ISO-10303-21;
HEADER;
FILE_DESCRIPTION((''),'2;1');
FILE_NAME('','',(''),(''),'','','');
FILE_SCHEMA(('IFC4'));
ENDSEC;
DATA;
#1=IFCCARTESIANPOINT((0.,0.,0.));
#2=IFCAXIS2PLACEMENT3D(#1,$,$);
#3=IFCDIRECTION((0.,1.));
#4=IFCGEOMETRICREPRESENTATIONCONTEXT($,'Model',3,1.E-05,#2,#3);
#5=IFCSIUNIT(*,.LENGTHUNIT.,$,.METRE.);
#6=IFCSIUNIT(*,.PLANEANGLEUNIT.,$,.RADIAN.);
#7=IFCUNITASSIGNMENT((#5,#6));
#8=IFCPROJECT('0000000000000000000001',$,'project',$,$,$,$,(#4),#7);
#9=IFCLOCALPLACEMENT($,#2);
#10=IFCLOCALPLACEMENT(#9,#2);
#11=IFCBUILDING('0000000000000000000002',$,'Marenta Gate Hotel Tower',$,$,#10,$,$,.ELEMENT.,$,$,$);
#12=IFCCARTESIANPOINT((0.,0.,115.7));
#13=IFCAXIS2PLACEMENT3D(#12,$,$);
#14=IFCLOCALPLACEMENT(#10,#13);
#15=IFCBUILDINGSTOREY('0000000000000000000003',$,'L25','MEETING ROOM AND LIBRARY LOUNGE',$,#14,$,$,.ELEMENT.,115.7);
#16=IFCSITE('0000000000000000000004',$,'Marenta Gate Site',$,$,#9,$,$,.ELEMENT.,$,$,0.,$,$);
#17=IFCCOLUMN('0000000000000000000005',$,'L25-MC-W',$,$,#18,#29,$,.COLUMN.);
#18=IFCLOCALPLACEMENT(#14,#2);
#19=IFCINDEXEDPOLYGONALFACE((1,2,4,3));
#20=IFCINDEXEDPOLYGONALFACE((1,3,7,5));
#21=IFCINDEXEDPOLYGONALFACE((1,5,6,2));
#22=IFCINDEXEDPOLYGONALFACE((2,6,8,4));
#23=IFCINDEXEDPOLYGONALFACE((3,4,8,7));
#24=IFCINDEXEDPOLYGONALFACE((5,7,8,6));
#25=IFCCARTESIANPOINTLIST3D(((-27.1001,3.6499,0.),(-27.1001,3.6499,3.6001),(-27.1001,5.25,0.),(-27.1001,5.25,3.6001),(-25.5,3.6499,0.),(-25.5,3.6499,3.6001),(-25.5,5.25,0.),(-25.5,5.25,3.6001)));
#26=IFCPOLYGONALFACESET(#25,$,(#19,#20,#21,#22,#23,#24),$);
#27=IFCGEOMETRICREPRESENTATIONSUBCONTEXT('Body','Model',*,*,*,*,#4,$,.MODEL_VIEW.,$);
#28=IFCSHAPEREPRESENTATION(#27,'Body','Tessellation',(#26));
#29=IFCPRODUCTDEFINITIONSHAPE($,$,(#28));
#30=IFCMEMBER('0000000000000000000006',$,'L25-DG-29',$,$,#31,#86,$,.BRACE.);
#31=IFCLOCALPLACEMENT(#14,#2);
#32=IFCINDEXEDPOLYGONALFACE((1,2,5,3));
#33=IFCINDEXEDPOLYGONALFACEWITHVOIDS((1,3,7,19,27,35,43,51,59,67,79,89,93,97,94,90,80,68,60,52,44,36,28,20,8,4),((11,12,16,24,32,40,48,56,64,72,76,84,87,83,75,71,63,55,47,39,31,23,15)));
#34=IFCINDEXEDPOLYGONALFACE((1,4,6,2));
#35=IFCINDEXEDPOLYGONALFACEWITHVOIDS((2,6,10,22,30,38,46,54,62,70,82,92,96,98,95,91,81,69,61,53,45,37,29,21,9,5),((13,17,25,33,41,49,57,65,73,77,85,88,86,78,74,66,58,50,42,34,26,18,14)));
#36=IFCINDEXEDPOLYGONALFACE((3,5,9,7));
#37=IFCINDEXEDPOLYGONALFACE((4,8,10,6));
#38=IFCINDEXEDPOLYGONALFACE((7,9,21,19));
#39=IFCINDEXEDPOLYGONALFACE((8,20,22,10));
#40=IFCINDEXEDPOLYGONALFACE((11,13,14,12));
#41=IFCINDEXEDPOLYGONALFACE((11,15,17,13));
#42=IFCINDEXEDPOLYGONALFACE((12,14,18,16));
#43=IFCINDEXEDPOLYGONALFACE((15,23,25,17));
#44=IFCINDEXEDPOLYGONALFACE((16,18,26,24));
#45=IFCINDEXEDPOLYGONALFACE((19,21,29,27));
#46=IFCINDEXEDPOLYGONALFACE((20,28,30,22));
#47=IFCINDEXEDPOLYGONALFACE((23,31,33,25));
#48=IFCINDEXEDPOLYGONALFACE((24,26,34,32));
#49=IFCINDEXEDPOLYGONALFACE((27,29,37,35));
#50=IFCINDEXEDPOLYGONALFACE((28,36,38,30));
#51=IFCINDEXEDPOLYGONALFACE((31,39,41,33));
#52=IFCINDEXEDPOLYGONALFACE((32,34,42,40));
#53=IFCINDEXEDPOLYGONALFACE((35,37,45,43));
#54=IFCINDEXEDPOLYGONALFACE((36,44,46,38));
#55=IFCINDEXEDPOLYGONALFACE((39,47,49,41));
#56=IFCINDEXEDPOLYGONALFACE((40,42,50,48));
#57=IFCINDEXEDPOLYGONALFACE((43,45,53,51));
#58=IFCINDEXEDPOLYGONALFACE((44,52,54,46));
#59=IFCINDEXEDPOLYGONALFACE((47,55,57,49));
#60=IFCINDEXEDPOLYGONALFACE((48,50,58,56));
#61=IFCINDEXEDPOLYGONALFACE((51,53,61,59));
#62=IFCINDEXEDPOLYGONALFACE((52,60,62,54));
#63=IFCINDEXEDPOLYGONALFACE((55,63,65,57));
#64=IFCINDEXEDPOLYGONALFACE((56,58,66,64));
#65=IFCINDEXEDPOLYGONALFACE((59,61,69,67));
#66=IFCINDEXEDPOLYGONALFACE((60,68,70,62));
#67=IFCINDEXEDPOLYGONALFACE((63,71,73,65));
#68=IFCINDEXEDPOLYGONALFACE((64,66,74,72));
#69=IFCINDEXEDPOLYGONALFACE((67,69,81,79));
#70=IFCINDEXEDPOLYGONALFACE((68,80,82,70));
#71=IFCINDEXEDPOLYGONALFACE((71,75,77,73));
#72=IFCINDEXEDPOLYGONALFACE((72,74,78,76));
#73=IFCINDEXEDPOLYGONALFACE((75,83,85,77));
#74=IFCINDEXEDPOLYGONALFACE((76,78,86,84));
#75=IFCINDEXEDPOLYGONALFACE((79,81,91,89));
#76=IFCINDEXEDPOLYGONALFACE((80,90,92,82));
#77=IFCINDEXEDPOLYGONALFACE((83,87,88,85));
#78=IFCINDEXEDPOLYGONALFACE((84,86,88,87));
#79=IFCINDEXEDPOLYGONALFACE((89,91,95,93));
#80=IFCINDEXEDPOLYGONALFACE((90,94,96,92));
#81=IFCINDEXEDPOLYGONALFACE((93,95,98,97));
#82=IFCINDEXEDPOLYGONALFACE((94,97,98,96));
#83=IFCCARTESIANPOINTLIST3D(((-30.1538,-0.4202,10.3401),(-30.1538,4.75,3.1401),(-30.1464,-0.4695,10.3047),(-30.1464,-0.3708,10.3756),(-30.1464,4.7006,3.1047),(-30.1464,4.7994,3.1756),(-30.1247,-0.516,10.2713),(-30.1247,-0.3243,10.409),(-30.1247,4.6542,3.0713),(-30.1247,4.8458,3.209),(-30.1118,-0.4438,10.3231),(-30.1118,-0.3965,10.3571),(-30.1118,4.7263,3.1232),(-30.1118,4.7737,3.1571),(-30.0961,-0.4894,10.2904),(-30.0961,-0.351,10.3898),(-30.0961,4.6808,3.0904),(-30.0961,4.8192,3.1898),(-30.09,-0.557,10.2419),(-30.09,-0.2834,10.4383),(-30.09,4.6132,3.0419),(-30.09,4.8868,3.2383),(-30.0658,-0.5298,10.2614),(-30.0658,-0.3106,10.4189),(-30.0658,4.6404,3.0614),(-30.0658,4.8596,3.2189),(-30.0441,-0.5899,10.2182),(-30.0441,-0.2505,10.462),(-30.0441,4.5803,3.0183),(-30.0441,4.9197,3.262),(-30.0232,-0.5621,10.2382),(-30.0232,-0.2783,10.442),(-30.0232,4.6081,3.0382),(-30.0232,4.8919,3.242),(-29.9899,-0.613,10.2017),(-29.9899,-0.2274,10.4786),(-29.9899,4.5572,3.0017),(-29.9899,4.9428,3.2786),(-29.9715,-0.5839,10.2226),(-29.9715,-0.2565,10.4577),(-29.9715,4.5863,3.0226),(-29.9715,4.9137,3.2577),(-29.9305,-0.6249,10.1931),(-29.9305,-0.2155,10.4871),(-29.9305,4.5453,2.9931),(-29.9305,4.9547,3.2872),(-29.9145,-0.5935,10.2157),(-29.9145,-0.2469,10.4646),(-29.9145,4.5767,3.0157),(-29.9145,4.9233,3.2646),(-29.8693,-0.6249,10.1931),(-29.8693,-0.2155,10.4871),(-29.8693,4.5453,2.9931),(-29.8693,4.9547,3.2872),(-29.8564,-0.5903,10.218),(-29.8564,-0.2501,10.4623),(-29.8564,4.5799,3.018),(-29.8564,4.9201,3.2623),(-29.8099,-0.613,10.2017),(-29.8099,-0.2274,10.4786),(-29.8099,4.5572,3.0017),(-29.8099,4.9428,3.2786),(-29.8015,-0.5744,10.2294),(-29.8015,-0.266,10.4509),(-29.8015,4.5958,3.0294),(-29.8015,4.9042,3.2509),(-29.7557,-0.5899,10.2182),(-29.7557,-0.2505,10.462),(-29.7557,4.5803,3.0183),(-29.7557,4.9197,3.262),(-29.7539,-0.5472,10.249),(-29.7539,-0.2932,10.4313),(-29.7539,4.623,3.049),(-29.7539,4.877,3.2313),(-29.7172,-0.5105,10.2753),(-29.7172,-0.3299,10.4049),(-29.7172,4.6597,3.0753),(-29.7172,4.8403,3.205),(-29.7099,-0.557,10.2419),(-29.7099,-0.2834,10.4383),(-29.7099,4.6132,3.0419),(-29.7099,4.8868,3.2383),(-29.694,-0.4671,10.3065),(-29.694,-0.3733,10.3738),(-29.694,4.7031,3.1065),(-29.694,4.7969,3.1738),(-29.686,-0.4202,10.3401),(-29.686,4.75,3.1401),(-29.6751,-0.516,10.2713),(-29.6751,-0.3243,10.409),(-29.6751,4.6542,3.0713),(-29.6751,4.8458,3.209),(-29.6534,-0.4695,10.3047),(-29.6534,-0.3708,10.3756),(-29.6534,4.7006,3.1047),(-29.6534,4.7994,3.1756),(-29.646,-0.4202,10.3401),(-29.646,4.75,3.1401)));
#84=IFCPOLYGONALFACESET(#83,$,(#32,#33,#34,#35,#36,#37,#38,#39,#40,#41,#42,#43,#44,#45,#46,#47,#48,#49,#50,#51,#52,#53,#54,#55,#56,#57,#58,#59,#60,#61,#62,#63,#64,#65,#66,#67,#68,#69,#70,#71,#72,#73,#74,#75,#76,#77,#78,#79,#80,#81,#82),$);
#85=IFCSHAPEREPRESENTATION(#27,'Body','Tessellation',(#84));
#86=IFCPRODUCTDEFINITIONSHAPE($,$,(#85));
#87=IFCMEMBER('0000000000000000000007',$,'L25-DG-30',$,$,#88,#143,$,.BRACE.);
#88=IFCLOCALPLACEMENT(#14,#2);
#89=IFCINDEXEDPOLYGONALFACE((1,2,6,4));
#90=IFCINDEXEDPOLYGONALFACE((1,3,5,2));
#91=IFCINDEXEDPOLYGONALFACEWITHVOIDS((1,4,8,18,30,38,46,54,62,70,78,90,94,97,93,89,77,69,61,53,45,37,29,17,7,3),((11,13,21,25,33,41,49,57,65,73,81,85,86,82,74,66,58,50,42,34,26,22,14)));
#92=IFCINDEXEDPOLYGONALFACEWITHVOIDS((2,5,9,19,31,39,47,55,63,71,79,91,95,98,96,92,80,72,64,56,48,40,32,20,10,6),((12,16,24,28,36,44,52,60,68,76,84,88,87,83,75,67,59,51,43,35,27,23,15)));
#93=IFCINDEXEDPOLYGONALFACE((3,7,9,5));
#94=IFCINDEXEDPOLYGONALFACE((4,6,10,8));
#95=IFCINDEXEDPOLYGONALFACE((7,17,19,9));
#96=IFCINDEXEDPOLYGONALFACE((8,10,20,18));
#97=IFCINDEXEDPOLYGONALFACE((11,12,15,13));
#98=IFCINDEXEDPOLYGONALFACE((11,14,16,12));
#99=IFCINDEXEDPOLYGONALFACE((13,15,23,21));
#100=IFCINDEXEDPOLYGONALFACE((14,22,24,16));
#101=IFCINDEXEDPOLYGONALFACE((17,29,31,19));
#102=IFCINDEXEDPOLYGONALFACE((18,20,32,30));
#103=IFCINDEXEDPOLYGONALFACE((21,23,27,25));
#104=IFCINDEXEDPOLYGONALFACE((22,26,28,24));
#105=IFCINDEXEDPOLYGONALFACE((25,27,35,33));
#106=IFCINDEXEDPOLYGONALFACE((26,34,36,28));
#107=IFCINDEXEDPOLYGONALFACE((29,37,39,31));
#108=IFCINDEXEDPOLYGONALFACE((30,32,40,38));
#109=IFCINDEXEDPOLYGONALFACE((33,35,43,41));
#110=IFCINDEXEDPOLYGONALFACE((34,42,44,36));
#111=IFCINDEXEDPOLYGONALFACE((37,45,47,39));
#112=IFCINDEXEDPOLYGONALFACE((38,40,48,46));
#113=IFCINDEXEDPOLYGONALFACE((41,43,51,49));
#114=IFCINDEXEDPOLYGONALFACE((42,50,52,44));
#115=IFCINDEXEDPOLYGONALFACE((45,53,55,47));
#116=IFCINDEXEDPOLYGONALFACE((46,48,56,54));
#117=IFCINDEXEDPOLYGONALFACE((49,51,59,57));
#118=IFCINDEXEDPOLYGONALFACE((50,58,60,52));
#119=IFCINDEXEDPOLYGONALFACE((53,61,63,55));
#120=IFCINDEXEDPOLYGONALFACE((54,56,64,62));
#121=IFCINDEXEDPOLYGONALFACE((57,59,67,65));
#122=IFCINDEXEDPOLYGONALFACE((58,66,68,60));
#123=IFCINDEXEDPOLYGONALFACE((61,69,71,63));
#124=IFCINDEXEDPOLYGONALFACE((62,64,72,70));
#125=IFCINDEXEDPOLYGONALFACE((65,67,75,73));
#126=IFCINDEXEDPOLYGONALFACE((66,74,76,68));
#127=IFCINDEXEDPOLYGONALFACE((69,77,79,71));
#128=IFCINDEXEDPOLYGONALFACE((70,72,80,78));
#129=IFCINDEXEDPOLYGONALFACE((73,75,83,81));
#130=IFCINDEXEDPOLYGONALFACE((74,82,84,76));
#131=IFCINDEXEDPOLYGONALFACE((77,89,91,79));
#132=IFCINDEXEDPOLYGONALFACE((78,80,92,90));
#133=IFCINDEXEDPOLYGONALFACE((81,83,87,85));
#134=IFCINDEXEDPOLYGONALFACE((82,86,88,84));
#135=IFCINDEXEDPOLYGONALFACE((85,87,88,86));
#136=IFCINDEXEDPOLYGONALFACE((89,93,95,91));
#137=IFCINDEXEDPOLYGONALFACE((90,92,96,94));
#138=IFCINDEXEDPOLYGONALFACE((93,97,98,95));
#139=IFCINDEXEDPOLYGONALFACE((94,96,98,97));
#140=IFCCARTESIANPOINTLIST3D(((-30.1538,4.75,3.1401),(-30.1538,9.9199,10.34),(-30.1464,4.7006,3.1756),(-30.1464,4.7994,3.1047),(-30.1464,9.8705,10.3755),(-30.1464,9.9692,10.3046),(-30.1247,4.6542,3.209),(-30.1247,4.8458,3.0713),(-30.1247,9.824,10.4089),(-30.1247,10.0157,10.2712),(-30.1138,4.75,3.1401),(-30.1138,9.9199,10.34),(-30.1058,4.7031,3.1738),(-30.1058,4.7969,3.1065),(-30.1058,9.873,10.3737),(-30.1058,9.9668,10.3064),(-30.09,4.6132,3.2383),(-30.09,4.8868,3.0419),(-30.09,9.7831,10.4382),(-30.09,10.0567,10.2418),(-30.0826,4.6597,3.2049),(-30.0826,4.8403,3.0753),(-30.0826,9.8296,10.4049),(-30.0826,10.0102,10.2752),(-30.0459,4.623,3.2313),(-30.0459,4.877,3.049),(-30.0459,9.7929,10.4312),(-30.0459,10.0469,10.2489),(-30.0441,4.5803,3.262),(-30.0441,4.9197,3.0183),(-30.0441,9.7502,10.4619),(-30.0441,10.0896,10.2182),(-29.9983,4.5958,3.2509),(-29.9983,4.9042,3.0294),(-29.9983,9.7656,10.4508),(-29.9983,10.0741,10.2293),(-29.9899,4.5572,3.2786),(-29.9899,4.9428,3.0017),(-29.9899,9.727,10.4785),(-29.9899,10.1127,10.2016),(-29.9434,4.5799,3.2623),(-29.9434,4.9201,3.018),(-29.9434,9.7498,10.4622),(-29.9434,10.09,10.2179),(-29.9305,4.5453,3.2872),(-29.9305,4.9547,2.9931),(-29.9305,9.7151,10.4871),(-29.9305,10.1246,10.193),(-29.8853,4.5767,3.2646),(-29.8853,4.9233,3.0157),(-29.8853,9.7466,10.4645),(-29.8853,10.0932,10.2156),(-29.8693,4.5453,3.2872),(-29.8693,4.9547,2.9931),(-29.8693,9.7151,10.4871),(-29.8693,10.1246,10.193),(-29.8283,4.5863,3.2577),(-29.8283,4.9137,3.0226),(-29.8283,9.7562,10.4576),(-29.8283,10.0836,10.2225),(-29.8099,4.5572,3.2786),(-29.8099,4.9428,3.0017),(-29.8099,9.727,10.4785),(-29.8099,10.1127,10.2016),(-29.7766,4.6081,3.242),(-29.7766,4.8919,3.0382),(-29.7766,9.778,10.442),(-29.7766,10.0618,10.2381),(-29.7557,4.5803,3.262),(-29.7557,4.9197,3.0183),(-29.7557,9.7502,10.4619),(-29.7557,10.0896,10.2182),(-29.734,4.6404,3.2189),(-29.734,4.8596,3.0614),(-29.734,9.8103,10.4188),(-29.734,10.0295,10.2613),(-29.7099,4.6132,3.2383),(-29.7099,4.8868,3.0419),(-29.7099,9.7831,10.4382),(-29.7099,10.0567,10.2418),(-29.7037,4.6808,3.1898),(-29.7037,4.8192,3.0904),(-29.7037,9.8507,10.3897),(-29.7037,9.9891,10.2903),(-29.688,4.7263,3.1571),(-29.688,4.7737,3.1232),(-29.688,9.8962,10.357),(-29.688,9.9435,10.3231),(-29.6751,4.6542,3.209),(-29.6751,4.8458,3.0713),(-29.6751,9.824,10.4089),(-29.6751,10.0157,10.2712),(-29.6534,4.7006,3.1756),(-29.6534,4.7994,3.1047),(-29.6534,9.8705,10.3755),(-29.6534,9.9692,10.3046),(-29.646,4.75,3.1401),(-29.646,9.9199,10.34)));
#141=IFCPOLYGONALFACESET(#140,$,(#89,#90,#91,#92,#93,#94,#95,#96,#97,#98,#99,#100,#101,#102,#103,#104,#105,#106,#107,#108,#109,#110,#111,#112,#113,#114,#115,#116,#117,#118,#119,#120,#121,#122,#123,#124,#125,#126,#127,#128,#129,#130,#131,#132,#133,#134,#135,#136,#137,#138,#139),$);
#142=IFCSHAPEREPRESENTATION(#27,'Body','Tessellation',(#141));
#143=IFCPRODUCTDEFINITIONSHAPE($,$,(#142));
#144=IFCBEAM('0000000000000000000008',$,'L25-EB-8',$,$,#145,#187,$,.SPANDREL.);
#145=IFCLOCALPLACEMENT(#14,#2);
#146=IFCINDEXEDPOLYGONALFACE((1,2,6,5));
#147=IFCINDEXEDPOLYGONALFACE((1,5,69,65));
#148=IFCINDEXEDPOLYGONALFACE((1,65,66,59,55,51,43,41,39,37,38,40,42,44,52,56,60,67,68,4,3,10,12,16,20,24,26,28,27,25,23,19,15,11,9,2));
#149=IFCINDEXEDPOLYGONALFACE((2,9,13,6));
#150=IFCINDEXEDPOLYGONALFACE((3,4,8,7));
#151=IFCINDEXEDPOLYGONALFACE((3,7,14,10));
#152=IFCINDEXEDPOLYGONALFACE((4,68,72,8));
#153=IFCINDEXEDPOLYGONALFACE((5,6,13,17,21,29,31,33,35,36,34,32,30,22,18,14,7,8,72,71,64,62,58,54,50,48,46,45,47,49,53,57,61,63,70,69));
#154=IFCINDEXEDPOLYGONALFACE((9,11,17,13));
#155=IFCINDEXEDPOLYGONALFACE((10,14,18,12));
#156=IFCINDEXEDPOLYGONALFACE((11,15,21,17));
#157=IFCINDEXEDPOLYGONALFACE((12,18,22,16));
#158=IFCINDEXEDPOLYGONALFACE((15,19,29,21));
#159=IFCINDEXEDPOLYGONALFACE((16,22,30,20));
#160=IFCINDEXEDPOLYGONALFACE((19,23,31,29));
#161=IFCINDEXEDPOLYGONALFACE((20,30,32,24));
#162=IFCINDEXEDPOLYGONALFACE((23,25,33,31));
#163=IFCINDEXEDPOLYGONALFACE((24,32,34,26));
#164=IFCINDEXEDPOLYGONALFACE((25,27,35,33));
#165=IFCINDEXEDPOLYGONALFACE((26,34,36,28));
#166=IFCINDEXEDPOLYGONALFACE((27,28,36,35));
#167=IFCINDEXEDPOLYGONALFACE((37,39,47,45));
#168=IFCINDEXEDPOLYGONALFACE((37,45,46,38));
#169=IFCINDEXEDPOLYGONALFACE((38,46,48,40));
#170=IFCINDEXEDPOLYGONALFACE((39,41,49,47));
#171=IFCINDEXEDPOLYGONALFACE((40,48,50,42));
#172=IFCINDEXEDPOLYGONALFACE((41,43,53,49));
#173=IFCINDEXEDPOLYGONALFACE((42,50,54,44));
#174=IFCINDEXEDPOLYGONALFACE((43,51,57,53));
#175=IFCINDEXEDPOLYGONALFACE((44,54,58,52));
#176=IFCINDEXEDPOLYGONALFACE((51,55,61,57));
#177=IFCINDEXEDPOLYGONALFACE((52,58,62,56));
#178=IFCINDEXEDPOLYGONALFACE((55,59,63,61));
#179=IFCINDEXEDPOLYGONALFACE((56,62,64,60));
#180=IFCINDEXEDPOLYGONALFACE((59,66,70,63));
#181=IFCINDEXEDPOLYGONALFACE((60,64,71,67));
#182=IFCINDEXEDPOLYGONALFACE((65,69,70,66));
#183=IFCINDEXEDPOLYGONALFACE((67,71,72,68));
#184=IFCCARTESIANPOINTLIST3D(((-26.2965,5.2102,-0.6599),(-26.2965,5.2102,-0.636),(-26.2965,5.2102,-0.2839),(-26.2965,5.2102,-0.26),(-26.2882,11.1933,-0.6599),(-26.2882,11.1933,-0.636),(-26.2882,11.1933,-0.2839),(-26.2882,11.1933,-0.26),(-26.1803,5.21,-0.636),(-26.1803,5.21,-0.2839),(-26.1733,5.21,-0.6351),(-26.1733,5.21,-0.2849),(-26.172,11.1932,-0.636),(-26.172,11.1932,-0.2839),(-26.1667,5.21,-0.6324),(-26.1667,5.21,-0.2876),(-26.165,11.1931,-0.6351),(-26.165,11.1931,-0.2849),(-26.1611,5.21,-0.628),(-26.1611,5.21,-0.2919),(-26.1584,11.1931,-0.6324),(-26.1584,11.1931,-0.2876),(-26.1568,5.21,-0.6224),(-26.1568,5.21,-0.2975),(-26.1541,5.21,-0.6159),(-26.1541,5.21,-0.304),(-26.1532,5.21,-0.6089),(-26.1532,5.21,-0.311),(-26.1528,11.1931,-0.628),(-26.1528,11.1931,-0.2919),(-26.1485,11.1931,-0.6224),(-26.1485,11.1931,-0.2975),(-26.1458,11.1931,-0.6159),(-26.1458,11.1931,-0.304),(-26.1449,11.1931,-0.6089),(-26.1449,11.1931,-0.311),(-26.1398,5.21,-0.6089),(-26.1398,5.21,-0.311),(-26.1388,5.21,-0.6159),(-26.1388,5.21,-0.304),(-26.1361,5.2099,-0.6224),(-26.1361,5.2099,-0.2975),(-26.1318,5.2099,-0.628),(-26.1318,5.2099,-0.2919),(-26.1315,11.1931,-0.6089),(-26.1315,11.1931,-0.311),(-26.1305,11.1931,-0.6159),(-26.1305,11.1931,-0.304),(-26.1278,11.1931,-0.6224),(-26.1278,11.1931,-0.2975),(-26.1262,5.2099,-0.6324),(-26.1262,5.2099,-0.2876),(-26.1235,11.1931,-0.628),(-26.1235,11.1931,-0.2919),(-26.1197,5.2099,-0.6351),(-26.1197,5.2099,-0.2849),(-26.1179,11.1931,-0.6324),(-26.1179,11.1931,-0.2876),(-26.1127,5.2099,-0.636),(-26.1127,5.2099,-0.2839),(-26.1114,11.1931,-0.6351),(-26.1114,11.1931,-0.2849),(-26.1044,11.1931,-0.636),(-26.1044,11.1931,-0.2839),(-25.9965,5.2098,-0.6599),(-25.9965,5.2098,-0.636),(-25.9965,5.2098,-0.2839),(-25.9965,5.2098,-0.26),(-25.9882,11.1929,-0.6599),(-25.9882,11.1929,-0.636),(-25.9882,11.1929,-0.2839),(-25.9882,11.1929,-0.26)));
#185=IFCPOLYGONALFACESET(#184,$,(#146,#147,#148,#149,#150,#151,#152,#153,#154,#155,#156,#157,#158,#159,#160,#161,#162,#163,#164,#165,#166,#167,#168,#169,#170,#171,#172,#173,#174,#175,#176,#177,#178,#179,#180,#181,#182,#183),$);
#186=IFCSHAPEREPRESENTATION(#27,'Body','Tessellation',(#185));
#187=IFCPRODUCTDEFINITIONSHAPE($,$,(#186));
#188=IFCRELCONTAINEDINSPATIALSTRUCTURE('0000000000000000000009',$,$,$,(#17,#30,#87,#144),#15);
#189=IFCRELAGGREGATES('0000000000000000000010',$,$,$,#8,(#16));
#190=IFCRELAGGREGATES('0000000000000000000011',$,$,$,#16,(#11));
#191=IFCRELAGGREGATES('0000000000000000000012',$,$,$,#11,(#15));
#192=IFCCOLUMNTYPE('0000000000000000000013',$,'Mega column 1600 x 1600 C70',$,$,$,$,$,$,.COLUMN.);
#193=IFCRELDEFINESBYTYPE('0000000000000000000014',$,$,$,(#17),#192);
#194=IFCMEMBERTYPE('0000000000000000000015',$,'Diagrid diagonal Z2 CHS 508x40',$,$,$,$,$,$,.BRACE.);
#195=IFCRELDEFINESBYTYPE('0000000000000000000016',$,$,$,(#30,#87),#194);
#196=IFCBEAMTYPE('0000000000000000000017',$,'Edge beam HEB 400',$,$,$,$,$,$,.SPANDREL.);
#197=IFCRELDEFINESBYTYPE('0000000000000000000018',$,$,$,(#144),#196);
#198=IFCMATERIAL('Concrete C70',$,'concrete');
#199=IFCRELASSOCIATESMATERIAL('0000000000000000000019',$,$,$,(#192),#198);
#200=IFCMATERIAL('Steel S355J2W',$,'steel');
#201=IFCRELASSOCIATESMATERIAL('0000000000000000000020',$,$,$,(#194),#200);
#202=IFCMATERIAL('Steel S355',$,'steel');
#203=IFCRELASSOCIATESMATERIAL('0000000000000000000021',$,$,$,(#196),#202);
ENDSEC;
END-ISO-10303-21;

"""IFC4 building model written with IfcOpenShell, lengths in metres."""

from ifc_helpers import new_model, si_unit, direction, frame, origin, origin_2d, place, context, subcontext, project, spatial, rectangle, hollow_circle, i_section, extrude, material, material_profile, profile_set, type_object, element, save


model = new_model("IFC4")

# Units and contexts
model_context = context("Model", 3, precision=1e-05, world=origin(), true_north=direction((0.0, 1.0)))
body_context = subcontext(model_context, "Body", "Model", "MODEL_VIEW")
ifc_project = project(units=[si_unit("LENGTHUNIT", "METRE"), si_unit("PLANEANGLEUNIT", "RADIAN")], contexts=[model_context])

# Site, building, storey
site_placement = place(None, origin())
site = spatial("IfcSite", under=ifc_project, at=site_placement, Name="Marenta Gate Site", CompositionType="ELEMENT", RefElevation=0.0)
building_placement = place(site_placement, origin())
building = spatial("IfcBuilding", under=site, at=building_placement, Name="Marenta Gate Hotel Tower", CompositionType="ELEMENT")
storey_placement = place(building_placement, frame((0.0, 0.0, 115.7)))
storey = spatial("IfcBuildingStorey", under=building, at=storey_placement, Name="L25", Description="MEETING ROOM AND LIBRARY LOUNGE", CompositionType="ELEMENT", Elevation=115.7)

# Column
ifc_material_1 = material(Name="Concrete C70", Category="concrete")
ifc_material_profile_1 = material_profile(ifc_material_1, rectangle(XDim=1.6001, YDim=1.6001, at=origin_2d()), Name="1600 x 1600")
ifc_profile_set_1 = profile_set([ifc_material_profile_1], Name="Concrete C70")
column_type = type_object("IfcColumnType", Name="Mega column 1600 x 1600 C70", PredefinedType="COLUMN", material=ifc_profile_set_1)
column_placement = place(storey_placement, frame((-26.3, 4.45, 0.0), z_axis=(0.0, 0.0, 1.0), x_axis=(1.0, 0.0, 0.0)))
element("IfcColumn", 1, at=column_placement, inside=storey, type_object=column_type, Name="L25-MC-W", PredefinedType="COLUMN", context=body_context, shape_type="SweptSolid", body=[
    extrude(rectangle(XDim=1.6001, YDim=1.6001, at=origin_2d()), origin(), (0.0, 0.0, 1.0), 3.6001),
])

# Members
ifc_material_2 = material(Name="Steel S355J2W", Category="steel")
ifc_material_profile_2 = material_profile(ifc_material_2, hollow_circle(Radius=0.2539, WallThickness=0.04, at=origin_2d()), Name="CHS 508x40")
ifc_profile_set_2 = profile_set([ifc_material_profile_2], Name="Steel S355J2W")
member_type_1 = type_object("IfcMemberType", Name="Diagrid diagonal Z2 CHS 508x40", PredefinedType="BRACE", material=ifc_profile_set_2)
member_1_placement = place(storey_placement, frame((-29.8999, 4.75, 3.1401), z_axis=(0.0, -0.583279, 0.812272), x_axis=(1.0, 0.0, 0.0)))
element("IfcMember", 2, at=member_1_placement, inside=storey, type_object=member_type_1, Name="L25-DG-29", PredefinedType="BRACE", context=body_context, shape_type="SweptSolid", body=[
    extrude(hollow_circle(Radius=0.2539, WallThickness=0.04, at=origin_2d()), origin(), (0.0, 0.0, 1.0), 8.864),
])
member_2_placement = place(storey_placement, frame((-29.8999, 4.75, 3.1401), z_axis=(0.0, 0.583261, 0.812285), x_axis=(-1.0, 0.0, 0.0)))
element("IfcMember", 3, at=member_2_placement, inside=storey, type_object=member_type_1, Name="L25-DG-30", PredefinedType="BRACE", context=body_context, shape_type="SweptSolid", body=[
    extrude(hollow_circle(Radius=0.2539, WallThickness=0.04, at=origin_2d()), origin(), (0.0, 0.0, 1.0), 8.8638),
])

# Beam
ifc_material_3 = material(Name="Steel S355", Category="steel")
ifc_material_profile_3 = material_profile(ifc_material_3, i_section(OverallWidth=0.3, OverallDepth=0.3999, WebThickness=0.0134, FlangeThickness=0.0239, FilletRadius=0.0271, at=origin_2d()), Name="HEB 400")
ifc_profile_set_3 = profile_set([ifc_material_profile_3], Name="Steel S355")
beam_type = type_object("IfcBeamType", Name="Edge beam HEB 400", PredefinedType="SPANDREL", material=ifc_profile_set_3)
beam_placement = place(storey_placement, frame((-26.1465, 5.21, -0.46), z_axis=(0.001387, 0.999999, 0.0), x_axis=(-0.999999, 0.001387, 0.0)))
element("IfcBeam", 4, at=beam_placement, inside=storey, type_object=beam_type, Name="L25-EB-8", PredefinedType="SPANDREL", context=body_context, shape_type="SweptSolid", body=[
    extrude(i_section(OverallWidth=0.3, OverallDepth=0.3999, WebThickness=0.0134, FlangeThickness=0.0239, FilletRadius=0.0271, at=origin_2d()), origin(), (0.0, 0.0, 1.0), 5.9832),
])

save(model, "model.ifc")
